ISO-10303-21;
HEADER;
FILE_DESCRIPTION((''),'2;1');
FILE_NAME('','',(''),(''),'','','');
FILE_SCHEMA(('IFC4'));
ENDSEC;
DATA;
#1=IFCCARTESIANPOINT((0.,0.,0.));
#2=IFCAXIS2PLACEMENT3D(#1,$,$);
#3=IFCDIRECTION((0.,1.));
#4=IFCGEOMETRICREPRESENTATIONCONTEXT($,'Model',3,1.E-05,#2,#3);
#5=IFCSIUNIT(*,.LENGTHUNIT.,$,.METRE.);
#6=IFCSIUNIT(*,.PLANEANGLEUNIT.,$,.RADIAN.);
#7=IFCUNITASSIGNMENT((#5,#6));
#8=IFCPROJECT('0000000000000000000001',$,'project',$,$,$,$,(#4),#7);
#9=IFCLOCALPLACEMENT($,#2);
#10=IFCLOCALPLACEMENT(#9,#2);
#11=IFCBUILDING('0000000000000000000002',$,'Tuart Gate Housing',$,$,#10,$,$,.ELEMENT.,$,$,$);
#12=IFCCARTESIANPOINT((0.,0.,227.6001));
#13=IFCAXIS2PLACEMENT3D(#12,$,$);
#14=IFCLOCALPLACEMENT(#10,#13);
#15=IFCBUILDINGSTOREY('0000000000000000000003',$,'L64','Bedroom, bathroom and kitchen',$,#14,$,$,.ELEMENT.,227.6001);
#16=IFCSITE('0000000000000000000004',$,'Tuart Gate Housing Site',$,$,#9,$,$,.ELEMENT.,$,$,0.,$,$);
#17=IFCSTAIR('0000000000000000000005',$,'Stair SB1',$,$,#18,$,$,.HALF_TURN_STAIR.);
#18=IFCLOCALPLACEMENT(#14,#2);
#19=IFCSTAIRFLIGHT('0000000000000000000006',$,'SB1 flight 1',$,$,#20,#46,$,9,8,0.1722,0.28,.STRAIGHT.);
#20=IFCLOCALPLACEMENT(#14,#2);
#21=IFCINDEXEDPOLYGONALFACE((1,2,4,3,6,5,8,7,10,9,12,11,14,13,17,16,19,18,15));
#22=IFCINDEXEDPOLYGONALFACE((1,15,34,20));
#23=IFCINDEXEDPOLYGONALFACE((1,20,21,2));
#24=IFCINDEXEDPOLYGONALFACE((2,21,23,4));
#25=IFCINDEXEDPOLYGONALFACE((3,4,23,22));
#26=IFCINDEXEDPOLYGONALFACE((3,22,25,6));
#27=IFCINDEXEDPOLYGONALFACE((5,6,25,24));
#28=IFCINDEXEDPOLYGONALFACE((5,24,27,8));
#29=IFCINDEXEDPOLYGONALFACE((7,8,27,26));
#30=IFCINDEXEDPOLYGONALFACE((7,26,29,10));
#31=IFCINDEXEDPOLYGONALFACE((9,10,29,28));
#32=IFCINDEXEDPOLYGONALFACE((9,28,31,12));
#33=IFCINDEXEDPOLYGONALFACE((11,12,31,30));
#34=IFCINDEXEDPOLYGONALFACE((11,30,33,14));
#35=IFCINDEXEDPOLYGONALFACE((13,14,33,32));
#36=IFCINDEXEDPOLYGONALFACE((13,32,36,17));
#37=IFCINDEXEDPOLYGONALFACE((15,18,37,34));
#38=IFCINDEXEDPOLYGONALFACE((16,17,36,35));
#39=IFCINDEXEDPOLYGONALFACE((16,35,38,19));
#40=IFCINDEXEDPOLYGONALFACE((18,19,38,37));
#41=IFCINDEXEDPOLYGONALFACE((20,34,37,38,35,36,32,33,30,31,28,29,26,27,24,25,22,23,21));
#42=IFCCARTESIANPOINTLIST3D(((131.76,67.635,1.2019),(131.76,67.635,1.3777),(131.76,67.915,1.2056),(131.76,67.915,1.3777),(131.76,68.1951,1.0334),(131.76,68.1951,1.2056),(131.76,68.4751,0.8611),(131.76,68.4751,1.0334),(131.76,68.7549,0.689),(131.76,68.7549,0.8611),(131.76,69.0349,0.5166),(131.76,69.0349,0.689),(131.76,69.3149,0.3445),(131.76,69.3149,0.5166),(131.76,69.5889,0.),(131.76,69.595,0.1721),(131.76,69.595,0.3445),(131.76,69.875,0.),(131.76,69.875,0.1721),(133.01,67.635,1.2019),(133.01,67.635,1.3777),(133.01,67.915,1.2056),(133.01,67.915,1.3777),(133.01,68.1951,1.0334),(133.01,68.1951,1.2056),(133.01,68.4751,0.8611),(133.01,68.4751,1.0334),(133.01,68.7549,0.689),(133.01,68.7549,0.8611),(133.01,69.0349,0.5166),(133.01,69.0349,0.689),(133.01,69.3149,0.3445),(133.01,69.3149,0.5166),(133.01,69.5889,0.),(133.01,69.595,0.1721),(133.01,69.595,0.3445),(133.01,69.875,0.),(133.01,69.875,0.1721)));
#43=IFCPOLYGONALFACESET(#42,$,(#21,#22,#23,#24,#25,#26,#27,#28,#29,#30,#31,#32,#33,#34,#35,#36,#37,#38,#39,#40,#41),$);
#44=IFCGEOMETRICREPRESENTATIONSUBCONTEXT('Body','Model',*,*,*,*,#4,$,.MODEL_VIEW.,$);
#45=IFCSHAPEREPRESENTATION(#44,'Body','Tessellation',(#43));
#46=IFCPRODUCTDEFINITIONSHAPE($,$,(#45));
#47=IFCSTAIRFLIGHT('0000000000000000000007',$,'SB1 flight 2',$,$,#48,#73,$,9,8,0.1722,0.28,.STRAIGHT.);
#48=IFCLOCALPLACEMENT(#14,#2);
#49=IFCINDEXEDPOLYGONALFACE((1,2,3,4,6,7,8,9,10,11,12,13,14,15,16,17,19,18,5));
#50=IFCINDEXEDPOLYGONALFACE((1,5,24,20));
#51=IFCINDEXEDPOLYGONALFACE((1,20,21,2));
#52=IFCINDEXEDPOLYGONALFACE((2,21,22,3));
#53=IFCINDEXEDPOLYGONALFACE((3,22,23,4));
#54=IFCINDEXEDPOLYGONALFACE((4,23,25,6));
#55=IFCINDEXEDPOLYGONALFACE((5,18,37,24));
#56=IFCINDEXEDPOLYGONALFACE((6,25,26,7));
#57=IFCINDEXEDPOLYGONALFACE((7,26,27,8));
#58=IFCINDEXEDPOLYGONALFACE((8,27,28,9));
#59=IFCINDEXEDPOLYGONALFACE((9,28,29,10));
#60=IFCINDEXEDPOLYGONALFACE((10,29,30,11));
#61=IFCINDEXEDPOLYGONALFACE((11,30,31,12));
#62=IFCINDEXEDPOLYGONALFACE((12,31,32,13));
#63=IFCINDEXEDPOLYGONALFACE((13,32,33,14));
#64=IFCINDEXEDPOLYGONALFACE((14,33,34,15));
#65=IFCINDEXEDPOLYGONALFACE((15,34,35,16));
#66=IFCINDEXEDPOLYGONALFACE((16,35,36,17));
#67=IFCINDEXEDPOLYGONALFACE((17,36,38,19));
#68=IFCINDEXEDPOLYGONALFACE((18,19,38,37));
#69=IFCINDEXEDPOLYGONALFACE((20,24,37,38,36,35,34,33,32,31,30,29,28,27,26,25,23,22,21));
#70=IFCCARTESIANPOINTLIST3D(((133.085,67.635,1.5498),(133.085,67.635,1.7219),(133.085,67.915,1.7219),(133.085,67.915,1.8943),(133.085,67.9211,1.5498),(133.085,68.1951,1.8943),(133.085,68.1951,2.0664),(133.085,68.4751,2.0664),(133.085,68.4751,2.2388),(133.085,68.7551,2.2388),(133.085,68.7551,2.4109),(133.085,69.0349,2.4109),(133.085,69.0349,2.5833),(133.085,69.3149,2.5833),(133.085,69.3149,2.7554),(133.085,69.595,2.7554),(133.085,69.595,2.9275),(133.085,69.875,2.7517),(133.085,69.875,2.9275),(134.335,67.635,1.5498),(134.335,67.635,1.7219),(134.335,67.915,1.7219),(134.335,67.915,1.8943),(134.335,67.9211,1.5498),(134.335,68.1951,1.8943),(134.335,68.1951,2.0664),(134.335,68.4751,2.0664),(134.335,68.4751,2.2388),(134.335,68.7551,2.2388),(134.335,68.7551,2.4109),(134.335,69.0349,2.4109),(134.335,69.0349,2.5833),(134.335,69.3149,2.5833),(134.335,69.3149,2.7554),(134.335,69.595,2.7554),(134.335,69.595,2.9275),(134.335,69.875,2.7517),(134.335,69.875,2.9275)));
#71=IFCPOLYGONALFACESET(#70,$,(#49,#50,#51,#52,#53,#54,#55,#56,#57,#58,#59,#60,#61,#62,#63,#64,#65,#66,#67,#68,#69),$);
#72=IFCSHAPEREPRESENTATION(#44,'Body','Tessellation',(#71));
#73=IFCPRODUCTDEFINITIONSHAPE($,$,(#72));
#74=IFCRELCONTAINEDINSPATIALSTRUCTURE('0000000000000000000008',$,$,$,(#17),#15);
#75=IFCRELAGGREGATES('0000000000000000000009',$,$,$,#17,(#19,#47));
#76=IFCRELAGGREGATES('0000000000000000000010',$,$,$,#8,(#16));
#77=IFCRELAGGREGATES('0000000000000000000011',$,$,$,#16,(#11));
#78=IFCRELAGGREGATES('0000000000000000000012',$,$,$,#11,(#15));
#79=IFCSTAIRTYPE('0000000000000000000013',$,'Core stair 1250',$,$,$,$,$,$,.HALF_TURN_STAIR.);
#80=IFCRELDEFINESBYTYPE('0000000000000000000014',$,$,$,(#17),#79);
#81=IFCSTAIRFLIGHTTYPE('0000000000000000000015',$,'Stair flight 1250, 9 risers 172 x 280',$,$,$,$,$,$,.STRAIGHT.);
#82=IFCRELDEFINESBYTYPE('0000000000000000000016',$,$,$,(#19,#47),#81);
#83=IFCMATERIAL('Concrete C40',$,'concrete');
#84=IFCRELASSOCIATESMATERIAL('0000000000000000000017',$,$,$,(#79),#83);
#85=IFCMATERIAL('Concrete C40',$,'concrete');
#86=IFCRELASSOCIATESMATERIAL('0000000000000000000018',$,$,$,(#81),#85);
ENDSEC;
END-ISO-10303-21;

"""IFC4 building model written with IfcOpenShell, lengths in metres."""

from ifc_helpers import new_model, si_unit, direction, frame, origin, place, context, subcontext, project, spatial, polyline, outline, extrude, material, type_object, element, aggregate, save


model = new_model("IFC4")

# Units and contexts
model_context = context("Model", 3, precision=1e-05, world=origin(), true_north=direction((0.0, 1.0)))
body_context = subcontext(model_context, "Body", "Model", "MODEL_VIEW")
ifc_project = project(units=[si_unit("LENGTHUNIT", "METRE"), si_unit("PLANEANGLEUNIT", "RADIAN")], contexts=[model_context])

# Site, building, storey
site_placement = place(None, origin())
site = spatial("IfcSite", under=ifc_project, at=site_placement, Name="Tuart Gate Housing Site", CompositionType="ELEMENT", RefElevation=0.0)
building_placement = place(site_placement, origin())
building = spatial("IfcBuilding", under=site, at=building_placement, Name="Tuart Gate Housing", CompositionType="ELEMENT")
storey_placement = place(building_placement, frame((0.0, 0.0, 227.6001)))
storey = spatial("IfcBuildingStorey", under=building, at=storey_placement, Name="L64", Description="Bedroom, bathroom and kitchen", CompositionType="ELEMENT", Elevation=227.6001)

# Stair, stair flights
ifc_material_1 = material(Name="Concrete C40", Category="concrete")
stair_type = type_object("IfcStairType", Name="Core stair 1250", PredefinedType="HALF_TURN_STAIR", material=ifc_material_1)
stair_placement = place(storey_placement, origin())
stair = element("IfcStair", 1, at=stair_placement, inside=storey, type_object=stair_type, Name="Stair SB1", PredefinedType="HALF_TURN_STAIR")
ifc_material_2 = material(Name="Concrete C40", Category="concrete")
stair_flight_type = type_object("IfcStairFlightType", Name="Stair flight 1250, 9 risers 172 x 280", PredefinedType="STRAIGHT", material=ifc_material_2)
stair_flight_1_placement = place(storey_placement, frame((132.385, 69.875, 0.0), z_axis=(0.0, 0.0, 1.0), x_axis=(0.0, -1.0, 0.0)))
stair_flight_1 = element("IfcStairFlight", 2, at=stair_flight_1_placement, type_object=stair_flight_type, Name="SB1 flight 1", NumberOfRisers=9, NumberOfTreads=8, PredefinedType="STRAIGHT", RiserHeight=0.1722, TreadLength=0.28, context=body_context, shape_type="SweptSolid", body=[
    extrude(outline(polyline([(0.0, 0.0), (0.0, 0.1721), (0.28, 0.1721), (0.28, 0.3445), (0.5601, 0.3445), (0.5601, 0.5166), (0.8401, 0.5166), (0.8401, 0.689), (1.1201, 0.689), (1.1201, 0.8611), (1.3999, 0.8611), (1.3999, 1.0334), (1.6799, 1.0334), (1.6799, 1.2056), (1.96, 1.2056), (1.96, 1.3777), (2.24, 1.3777), (2.24, 1.55), (2.24, 1.2019), (0.2861, 0.0), (0.0, 0.0)])), frame((0.0, 0.625, 0.0), z_axis=(0.0, -1.0, 0.0), x_axis=(1.0, 0.0, 0.0)), (0.0, 0.0, 1.0), 1.25),
])
stair_flight_2_placement = place(storey_placement, frame((133.71, 67.635, 1.5498), z_axis=(0.0, 0.0, 1.0), x_axis=(0.0, 1.0, 0.0)))
stair_flight_2 = element("IfcStairFlight", 3, at=stair_flight_2_placement, type_object=stair_flight_type, Name="SB1 flight 2", NumberOfRisers=9, NumberOfTreads=8, PredefinedType="STRAIGHT", RiserHeight=0.1722, TreadLength=0.28, context=body_context, shape_type="SweptSolid", body=[
    extrude(outline(polyline([(0.0, 0.0), (0.0, 0.1721), (0.28, 0.1721), (0.28, 0.3445), (0.5601, 0.3445), (0.5601, 0.5166), (0.8401, 0.5166), (0.8401, 0.689), (1.1201, 0.689), (1.1201, 0.8611), (1.3999, 0.8611), (1.3999, 1.0334), (1.6799, 1.0334), (1.6799, 1.2056), (1.96, 1.2056), (1.96, 1.3777), (2.24, 1.3777), (2.24, 1.55), (2.24, 1.2019), (0.2861, 0.0), (0.0, 0.0)])), frame((0.0, 0.625, 0.0), z_axis=(0.0, -1.0, 0.0), x_axis=(1.0, 0.0, 0.0)), (0.0, 0.0, 1.0), 1.25),
])
aggregate(stair, [stair_flight_1, stair_flight_2])

save(model, "model.ifc")
